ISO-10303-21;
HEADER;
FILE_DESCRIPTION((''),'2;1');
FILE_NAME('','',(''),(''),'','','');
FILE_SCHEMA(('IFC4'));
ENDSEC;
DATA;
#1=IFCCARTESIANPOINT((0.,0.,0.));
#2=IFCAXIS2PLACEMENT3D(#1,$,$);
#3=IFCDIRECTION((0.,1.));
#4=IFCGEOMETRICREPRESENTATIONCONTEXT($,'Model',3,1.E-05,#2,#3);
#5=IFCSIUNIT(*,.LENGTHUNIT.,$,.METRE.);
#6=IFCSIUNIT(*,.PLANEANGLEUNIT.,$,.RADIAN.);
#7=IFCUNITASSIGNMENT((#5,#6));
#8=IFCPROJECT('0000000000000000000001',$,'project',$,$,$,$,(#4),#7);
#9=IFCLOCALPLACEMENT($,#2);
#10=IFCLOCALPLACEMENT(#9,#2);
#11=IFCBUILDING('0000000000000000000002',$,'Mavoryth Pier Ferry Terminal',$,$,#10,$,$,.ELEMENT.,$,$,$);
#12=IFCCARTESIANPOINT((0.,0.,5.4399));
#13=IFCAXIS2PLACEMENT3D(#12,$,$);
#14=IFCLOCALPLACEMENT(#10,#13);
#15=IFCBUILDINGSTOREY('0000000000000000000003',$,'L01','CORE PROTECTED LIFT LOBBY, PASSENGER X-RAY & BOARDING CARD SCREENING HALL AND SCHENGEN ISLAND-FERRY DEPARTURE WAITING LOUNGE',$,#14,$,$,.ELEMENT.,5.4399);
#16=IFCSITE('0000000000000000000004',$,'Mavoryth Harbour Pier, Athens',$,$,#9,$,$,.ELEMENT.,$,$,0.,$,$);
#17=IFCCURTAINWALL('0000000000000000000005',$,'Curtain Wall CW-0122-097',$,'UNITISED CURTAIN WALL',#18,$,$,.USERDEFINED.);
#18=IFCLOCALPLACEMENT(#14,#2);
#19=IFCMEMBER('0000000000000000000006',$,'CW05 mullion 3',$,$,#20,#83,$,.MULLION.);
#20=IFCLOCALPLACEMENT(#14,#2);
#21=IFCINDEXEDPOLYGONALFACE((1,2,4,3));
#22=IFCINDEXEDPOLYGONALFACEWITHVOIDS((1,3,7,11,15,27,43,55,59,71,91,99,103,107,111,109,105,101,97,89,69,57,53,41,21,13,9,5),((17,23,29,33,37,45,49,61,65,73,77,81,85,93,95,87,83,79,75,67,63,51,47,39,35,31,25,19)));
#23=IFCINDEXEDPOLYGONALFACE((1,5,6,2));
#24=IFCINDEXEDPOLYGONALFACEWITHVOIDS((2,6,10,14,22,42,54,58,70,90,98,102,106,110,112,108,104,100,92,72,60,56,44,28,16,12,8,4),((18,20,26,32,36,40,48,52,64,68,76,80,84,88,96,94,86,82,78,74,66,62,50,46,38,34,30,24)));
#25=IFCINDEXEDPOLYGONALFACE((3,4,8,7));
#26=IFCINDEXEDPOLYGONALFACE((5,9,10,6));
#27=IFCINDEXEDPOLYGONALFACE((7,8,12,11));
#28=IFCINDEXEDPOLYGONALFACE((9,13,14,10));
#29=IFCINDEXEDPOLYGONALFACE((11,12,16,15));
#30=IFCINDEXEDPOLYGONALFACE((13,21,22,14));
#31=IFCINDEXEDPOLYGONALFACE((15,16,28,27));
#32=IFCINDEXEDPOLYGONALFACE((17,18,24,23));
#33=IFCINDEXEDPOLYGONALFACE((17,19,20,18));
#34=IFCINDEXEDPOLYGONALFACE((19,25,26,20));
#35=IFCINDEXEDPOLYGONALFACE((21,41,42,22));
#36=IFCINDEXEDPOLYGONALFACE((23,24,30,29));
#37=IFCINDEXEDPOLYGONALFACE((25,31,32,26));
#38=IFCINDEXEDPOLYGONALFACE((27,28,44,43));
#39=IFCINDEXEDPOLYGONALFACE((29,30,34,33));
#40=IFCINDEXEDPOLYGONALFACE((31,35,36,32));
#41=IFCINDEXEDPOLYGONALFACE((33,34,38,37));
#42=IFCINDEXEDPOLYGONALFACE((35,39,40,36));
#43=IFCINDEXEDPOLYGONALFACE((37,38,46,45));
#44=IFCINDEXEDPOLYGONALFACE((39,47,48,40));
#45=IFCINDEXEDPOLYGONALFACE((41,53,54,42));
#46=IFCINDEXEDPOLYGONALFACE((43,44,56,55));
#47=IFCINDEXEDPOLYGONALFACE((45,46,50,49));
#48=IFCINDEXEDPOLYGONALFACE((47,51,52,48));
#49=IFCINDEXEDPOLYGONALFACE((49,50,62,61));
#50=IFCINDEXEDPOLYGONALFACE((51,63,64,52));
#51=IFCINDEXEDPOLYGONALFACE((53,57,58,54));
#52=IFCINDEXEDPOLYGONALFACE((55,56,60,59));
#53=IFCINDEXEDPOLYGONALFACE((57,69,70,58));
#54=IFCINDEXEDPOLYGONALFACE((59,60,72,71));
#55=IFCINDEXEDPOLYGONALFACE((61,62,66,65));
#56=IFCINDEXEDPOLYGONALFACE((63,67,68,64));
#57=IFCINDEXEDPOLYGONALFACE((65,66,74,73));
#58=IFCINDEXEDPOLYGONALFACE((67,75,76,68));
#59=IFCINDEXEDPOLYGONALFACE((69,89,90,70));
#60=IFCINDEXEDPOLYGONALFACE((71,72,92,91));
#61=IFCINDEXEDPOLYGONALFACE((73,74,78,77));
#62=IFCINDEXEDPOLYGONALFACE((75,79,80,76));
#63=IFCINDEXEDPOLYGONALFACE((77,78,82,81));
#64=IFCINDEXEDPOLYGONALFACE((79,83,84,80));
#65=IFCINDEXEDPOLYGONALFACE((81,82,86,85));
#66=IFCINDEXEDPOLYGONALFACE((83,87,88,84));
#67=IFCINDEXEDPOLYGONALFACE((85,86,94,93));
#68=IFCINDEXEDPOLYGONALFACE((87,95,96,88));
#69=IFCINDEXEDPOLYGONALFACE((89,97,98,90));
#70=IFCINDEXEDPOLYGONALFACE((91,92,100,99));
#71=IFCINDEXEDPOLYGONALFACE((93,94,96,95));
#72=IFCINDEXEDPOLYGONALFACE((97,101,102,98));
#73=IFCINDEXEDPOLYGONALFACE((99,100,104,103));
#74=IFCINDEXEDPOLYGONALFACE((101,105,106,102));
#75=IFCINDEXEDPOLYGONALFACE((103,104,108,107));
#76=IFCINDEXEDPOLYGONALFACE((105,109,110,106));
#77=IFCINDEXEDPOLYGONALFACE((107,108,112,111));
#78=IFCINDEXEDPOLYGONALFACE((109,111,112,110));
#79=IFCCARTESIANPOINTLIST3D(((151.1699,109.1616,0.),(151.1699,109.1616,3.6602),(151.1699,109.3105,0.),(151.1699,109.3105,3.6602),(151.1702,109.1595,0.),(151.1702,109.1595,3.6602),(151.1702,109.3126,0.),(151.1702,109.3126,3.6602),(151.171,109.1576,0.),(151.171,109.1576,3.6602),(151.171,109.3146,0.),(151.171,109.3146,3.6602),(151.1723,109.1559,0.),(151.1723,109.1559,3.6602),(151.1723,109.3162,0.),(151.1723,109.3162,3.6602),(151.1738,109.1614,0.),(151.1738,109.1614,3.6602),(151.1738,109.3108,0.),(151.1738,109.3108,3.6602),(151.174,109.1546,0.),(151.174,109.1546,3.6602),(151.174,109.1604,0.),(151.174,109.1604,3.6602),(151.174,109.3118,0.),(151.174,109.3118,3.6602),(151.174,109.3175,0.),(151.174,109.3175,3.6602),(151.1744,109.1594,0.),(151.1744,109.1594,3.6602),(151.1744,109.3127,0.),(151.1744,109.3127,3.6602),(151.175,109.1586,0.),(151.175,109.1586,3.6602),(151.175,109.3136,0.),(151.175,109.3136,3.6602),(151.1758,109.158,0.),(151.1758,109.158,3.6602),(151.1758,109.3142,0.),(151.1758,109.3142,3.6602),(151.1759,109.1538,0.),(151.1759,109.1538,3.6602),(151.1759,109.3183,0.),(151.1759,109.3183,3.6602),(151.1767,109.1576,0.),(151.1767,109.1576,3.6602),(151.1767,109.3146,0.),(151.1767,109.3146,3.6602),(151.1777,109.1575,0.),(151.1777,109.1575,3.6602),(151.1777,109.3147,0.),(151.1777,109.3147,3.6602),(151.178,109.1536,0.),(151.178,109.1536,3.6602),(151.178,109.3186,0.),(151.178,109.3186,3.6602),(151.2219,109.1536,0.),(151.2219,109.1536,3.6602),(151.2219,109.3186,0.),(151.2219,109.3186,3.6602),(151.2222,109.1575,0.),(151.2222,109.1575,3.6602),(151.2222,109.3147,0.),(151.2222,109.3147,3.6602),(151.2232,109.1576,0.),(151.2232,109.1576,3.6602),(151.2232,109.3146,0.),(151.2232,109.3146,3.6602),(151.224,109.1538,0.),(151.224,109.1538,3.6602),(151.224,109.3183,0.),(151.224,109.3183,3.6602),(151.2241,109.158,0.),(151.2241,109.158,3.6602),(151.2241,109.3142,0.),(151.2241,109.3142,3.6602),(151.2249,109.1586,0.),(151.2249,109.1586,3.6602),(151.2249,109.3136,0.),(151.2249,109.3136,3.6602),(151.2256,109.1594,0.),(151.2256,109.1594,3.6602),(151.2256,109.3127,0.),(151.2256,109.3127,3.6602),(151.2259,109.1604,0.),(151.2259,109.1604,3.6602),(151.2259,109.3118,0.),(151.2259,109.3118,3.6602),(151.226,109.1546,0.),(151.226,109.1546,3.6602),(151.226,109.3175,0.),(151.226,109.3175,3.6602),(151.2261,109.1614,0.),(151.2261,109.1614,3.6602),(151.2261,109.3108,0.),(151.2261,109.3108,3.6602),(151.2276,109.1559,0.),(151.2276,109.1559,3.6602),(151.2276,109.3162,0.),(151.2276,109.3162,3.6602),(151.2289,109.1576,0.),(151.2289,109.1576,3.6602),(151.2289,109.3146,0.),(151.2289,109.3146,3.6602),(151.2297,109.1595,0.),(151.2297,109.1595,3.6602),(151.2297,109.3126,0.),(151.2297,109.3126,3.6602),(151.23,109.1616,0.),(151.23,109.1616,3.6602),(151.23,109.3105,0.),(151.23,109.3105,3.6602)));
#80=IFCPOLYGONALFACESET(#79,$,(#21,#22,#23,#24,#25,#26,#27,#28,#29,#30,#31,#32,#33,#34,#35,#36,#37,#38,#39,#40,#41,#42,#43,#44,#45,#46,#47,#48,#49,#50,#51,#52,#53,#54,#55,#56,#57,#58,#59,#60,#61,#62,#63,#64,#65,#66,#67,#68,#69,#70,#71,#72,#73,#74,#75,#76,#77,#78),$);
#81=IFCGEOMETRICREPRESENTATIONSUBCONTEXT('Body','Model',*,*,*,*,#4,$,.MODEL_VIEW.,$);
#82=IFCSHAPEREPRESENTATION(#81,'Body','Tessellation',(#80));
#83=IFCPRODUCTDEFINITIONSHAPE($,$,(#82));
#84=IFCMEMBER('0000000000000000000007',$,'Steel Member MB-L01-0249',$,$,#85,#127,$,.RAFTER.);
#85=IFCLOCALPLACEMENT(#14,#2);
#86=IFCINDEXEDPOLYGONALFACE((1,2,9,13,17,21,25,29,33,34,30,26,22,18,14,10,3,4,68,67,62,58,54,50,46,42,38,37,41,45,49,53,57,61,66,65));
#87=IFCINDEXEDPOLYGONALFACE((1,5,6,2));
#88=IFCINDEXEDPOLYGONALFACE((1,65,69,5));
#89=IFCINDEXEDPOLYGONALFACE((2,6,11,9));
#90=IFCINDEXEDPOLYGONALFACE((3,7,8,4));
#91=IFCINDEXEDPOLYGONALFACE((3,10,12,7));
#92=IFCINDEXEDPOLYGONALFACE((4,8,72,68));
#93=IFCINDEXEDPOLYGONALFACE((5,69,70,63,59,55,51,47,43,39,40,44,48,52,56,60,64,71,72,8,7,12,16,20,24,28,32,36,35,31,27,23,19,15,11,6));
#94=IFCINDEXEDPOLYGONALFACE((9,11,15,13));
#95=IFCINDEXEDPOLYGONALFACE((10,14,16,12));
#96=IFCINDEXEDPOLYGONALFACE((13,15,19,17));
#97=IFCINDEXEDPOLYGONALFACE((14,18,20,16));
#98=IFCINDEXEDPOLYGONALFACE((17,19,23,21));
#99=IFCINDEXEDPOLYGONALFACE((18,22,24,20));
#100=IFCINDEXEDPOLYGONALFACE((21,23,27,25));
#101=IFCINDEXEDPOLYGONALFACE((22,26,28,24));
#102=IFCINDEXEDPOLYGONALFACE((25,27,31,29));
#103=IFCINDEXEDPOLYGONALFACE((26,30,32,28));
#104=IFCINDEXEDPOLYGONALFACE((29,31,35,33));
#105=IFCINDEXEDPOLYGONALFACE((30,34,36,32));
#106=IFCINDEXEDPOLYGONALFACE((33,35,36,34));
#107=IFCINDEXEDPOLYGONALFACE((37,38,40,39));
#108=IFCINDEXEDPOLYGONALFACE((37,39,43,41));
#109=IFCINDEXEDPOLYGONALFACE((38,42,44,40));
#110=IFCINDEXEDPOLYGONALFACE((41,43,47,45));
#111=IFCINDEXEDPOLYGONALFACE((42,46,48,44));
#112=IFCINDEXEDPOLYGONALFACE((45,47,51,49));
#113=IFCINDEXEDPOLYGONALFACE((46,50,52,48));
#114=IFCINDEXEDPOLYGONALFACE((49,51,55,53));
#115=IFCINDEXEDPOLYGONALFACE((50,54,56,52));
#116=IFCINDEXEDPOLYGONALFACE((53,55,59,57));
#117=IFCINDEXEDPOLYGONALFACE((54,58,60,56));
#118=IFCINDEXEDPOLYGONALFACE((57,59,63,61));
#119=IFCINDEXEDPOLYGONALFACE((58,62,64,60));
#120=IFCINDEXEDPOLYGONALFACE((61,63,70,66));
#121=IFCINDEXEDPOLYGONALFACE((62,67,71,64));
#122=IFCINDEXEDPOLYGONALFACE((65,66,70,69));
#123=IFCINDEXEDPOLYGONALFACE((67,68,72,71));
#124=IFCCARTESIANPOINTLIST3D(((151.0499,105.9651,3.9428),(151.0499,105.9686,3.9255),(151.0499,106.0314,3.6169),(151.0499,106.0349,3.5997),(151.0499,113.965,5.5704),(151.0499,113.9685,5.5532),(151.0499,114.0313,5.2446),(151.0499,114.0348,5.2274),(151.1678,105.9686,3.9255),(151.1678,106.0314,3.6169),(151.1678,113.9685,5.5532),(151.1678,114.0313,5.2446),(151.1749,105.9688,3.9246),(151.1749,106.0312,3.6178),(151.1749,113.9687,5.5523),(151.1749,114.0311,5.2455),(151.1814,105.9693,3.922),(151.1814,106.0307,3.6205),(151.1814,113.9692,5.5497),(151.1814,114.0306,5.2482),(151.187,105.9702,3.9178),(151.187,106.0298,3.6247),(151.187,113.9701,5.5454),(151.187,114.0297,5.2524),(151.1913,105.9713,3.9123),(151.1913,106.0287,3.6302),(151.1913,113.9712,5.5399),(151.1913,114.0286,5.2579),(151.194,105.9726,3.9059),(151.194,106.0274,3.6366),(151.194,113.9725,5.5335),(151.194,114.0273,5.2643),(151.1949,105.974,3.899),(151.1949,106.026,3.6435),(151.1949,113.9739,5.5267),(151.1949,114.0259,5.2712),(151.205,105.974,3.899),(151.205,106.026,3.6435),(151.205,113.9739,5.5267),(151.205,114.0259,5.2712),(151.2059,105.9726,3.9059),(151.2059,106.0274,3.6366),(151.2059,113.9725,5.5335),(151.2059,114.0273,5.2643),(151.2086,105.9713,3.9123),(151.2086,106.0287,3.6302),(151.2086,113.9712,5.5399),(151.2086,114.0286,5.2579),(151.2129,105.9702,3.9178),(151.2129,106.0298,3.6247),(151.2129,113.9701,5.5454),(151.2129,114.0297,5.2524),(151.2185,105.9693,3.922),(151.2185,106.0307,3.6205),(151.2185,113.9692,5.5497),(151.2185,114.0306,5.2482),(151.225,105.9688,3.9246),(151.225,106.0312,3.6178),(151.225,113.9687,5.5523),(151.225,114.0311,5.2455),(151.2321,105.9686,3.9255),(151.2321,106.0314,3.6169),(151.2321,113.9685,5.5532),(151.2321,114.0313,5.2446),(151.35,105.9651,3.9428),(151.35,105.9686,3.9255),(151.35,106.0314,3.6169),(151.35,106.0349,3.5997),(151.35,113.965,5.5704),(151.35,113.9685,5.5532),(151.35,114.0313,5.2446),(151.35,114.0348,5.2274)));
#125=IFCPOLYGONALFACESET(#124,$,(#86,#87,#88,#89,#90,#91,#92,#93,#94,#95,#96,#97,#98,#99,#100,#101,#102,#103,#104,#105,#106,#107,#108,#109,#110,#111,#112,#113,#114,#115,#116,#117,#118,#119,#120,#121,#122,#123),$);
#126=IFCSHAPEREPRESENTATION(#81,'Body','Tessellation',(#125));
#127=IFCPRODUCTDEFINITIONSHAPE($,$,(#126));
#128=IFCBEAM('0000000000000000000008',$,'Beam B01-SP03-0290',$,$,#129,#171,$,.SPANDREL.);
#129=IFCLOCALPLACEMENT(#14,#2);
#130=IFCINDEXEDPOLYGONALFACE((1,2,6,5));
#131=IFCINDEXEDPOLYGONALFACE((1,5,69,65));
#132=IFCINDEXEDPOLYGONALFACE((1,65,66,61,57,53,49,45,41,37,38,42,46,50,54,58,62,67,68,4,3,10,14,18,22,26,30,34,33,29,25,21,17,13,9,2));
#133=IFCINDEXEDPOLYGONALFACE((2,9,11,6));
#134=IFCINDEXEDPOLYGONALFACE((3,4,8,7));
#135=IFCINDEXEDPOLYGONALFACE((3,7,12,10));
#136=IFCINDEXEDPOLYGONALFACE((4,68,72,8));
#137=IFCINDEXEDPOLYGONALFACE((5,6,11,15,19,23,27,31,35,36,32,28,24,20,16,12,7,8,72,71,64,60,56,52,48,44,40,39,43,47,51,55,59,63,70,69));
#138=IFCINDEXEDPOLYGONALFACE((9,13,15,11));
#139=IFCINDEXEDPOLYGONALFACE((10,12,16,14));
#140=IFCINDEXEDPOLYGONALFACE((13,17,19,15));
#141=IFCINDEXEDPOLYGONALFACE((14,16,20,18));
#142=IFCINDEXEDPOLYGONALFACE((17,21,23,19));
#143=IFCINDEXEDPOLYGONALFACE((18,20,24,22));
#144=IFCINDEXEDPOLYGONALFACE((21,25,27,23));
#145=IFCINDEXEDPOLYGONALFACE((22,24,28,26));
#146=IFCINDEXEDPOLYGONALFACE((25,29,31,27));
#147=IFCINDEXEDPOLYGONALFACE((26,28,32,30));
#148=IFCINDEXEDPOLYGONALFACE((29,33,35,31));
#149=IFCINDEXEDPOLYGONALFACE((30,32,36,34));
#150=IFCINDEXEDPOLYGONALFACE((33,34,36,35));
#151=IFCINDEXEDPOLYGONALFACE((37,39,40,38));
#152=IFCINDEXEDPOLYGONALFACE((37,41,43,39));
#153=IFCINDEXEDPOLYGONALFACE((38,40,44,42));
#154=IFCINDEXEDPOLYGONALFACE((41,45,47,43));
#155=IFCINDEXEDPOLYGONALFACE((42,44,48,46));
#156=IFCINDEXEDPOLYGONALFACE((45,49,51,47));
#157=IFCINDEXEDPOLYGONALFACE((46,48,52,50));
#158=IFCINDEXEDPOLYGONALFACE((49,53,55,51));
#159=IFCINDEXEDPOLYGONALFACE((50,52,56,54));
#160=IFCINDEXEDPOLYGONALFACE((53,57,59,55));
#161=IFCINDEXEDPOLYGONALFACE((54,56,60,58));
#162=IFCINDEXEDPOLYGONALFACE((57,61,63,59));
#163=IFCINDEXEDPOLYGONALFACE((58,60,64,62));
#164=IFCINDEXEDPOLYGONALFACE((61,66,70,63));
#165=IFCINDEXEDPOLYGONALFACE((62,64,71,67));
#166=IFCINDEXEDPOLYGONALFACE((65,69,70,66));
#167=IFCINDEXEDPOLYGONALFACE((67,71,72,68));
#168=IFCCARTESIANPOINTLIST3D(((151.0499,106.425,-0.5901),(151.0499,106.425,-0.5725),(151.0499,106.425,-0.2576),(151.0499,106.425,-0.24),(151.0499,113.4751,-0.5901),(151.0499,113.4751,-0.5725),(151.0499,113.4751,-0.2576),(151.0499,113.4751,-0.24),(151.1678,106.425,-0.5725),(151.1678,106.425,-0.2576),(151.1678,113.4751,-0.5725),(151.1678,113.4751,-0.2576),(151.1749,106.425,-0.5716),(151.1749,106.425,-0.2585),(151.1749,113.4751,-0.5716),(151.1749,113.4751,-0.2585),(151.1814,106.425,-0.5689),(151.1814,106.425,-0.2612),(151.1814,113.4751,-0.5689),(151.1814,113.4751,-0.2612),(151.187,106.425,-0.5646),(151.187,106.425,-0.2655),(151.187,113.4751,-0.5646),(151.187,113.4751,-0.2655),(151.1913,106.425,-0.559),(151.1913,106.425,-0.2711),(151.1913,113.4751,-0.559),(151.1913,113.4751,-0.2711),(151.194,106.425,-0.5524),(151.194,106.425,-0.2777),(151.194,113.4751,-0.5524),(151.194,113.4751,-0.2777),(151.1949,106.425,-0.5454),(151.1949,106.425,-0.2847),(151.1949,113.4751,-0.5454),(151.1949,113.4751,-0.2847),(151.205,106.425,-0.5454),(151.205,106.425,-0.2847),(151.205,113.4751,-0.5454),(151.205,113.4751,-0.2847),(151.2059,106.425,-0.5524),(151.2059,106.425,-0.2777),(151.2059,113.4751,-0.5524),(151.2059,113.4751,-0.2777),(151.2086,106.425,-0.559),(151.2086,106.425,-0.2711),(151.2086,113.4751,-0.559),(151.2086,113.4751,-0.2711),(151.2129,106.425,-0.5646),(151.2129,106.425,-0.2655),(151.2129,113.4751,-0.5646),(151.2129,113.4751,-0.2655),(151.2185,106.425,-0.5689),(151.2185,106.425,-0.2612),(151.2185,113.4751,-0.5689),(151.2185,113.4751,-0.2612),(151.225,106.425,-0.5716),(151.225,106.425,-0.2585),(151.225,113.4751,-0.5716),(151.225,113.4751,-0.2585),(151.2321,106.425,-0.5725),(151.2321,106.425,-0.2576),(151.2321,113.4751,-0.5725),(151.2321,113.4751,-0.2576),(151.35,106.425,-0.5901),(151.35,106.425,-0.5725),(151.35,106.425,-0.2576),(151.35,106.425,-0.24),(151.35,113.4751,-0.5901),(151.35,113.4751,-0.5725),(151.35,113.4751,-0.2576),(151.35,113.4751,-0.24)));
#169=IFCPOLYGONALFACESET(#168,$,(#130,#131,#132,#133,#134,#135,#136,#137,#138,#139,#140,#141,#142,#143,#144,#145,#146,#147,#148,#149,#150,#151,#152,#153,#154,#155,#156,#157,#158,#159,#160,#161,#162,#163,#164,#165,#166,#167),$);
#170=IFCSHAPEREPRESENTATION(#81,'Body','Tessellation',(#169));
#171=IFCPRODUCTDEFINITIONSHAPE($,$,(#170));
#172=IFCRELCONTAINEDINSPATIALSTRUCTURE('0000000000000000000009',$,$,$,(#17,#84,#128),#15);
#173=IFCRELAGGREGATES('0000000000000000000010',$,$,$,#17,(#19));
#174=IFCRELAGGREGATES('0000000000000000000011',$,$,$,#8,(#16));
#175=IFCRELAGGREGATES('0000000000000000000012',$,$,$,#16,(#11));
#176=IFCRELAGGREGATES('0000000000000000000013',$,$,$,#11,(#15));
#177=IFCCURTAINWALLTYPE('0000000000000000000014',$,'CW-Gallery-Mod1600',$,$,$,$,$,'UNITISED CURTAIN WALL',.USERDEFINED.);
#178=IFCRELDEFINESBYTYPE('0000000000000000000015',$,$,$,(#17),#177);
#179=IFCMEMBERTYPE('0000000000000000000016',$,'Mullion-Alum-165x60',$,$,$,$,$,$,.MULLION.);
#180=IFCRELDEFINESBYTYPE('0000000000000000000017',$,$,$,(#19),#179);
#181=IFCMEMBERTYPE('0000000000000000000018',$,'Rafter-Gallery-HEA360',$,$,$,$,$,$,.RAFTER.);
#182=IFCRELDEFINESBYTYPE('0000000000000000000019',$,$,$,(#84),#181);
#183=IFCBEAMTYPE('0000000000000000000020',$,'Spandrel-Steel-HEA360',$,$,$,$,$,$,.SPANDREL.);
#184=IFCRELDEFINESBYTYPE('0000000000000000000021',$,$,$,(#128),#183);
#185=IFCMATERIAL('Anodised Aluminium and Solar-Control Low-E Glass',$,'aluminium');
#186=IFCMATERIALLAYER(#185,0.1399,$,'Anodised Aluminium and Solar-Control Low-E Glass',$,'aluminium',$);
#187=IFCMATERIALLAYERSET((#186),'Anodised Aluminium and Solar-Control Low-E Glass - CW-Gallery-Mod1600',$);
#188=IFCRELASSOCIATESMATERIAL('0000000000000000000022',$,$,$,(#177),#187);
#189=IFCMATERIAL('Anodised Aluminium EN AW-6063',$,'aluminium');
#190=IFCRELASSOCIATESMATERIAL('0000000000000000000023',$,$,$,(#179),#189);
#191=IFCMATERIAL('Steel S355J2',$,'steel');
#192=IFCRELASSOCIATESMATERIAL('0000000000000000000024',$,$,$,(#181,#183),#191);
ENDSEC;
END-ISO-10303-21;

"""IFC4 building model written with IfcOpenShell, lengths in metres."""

from ifc_helpers import new_model, si_unit, direction, frame, origin, origin_2d, place, context, subcontext, project, spatial, hollow_rectangle, i_section, extrude, material, layer, layer_set, material_profile, profile_set, type_object, element, aggregate, save


model = new_model("IFC4")

# Units and contexts
model_context = context("Model", 3, precision=1e-05, world=origin(), true_north=direction((0.0, 1.0)))
body_context = subcontext(model_context, "Body", "Model", "MODEL_VIEW")
ifc_project = project(units=[si_unit("LENGTHUNIT", "METRE"), si_unit("PLANEANGLEUNIT", "RADIAN")], contexts=[model_context])

# Site, building, storey
site_placement = place(None, origin())
site = spatial("IfcSite", under=ifc_project, at=site_placement, Name="Mavoryth Harbour Pier, Athens", CompositionType="ELEMENT", RefElevation=0.0)
building_placement = place(site_placement, origin())
building = spatial("IfcBuilding", under=site, at=building_placement, Name="Mavoryth Pier Ferry Terminal", CompositionType="ELEMENT")
storey_placement = place(building_placement, frame((0.0, 0.0, 5.4399)))
storey = spatial("IfcBuildingStorey", under=building, at=storey_placement, Name="L01", Description="CORE PROTECTED LIFT LOBBY, PASSENGER X-RAY & BOARDING CARD SCREENING HALL AND SCHENGEN ISLAND-FERRY DEPARTURE WAITING LOUNGE", CompositionType="ELEMENT", Elevation=5.4399)

# Shared definitions
ifc_material_1 = material(Name="Steel S355J2", Category="steel")

# Curtain wall, member
ifc_material_2 = material(Name="Anodised Aluminium and Solar-Control Low-E Glass", Category="aluminium")
ifc_layer_1 = layer(ifc_material_2, 0.1399, Name="Anodised Aluminium and Solar-Control Low-E Glass", Category="aluminium")
ifc_layer_set_1 = layer_set([ifc_layer_1], Name="Anodised Aluminium and Solar-Control Low-E Glass - CW-Gallery-Mod1600")
curtain_wall_type = type_object("IfcCurtainWallType", Name="CW-Gallery-Mod1600", ElementType="UNITISED CURTAIN WALL", PredefinedType="USERDEFINED", material=ifc_layer_set_1)
ifc_material_3 = material(Name="Anodised Aluminium EN AW-6063", Category="aluminium")
ifc_material_profile_1 = material_profile(ifc_material_3, hollow_rectangle(XDim=0.0601, YDim=0.165, WallThickness=0.0039, InnerFilletRadius=0.0039, OuterFilletRadius=0.0081, at=origin_2d()), Name="AL-MULL 165x60x4", Category="aluminium")
ifc_profile_set_1 = profile_set([ifc_material_profile_1], Name="Anodised Aluminium EN AW-6063 - AL-MULL 165x60x4")
member_type_1 = type_object("IfcMemberType", Name="Mullion-Alum-165x60", PredefinedType="MULLION", material=ifc_profile_set_1)
curtain_wall_1_placement = place(storey_placement, origin())
curtain_wall_1 = element("IfcCurtainWall", 1, at=curtain_wall_1_placement, inside=storey, type_object=curtain_wall_type, Name="Curtain Wall CW-0122-097", ObjectType="UNITISED CURTAIN WALL", PredefinedType="USERDEFINED")
member_1_placement = place(storey_placement, frame((151.2, 109.2361, 0.0), z_axis=(0.0, 0.0, 1.0), x_axis=(-1.0, 0.0, 0.0)))
member_1 = element("IfcMember", 2, at=member_1_placement, type_object=member_type_1, Name="CW05 mullion 3", PredefinedType="MULLION", context=body_context, shape_type="SweptSolid", body=[
    extrude(hollow_rectangle(XDim=0.0601, YDim=0.165, WallThickness=0.0039, InnerFilletRadius=0.0039, OuterFilletRadius=0.0081, at=origin_2d()), origin(), (0.0, 0.0, 1.0), 3.6602),
])

# Member
ifc_material_profile_2 = material_profile(ifc_material_1, i_section(OverallWidth=0.3, OverallDepth=0.3501, WebThickness=0.01, FlangeThickness=0.0176, FilletRadius=0.0271, at=origin_2d()), Name="HEA 360", Category="steel")
ifc_profile_set_2 = profile_set([ifc_material_profile_2], Name="Steel S355J2 - HEA 360")
member_type_2 = type_object("IfcMemberType", Name="Rafter-Gallery-HEA360", PredefinedType="RAFTER", material=ifc_profile_set_2)
member_2_placement = place(storey_placement, frame((151.2, 106.0, 3.7712), z_axis=(0.0, 0.979923, 0.199376), x_axis=(-1.0, 0.0, 0.0)))
element("IfcMember", 3, at=member_2_placement, inside=storey, type_object=member_type_2, Name="Steel Member MB-L01-0249", PredefinedType="RAFTER", context=body_context, shape_type="SweptSolid", body=[
    extrude(i_section(OverallWidth=0.3, OverallDepth=0.3501, WebThickness=0.01, FlangeThickness=0.0176, FilletRadius=0.0271, at=origin_2d()), origin(), (0.0, 0.0, 1.0), 8.1638),
])

# Beam
ifc_material_profile_3 = material_profile(ifc_material_1, i_section(OverallWidth=0.3, OverallDepth=0.3501, WebThickness=0.01, FlangeThickness=0.0176, FilletRadius=0.0271, at=origin_2d()), Name="HEA 360", Category="steel")
ifc_profile_set_3 = profile_set([ifc_material_profile_3], Name="Steel S355J2 - HEA 360")
beam_type = type_object("IfcBeamType", Name="Spandrel-Steel-HEA360", PredefinedType="SPANDREL", material=ifc_profile_set_3)
beam_placement = place(storey_placement, frame((151.2, 106.425, -0.415), z_axis=(0.0, 1.0, 0.0), x_axis=(-1.0, 0.0, 0.0)))
element("IfcBeam", 4, at=beam_placement, inside=storey, type_object=beam_type, Name="Beam B01-SP03-0290", PredefinedType="SPANDREL", context=body_context, shape_type="SweptSolid", body=[
    extrude(i_section(OverallWidth=0.3, OverallDepth=0.3501, WebThickness=0.01, FlangeThickness=0.0176, FilletRadius=0.0271, at=origin_2d()), origin(), (0.0, 0.0, 1.0), 7.05),
])

aggregate(curtain_wall_1, [member_1])

save(model, "model.ifc")
